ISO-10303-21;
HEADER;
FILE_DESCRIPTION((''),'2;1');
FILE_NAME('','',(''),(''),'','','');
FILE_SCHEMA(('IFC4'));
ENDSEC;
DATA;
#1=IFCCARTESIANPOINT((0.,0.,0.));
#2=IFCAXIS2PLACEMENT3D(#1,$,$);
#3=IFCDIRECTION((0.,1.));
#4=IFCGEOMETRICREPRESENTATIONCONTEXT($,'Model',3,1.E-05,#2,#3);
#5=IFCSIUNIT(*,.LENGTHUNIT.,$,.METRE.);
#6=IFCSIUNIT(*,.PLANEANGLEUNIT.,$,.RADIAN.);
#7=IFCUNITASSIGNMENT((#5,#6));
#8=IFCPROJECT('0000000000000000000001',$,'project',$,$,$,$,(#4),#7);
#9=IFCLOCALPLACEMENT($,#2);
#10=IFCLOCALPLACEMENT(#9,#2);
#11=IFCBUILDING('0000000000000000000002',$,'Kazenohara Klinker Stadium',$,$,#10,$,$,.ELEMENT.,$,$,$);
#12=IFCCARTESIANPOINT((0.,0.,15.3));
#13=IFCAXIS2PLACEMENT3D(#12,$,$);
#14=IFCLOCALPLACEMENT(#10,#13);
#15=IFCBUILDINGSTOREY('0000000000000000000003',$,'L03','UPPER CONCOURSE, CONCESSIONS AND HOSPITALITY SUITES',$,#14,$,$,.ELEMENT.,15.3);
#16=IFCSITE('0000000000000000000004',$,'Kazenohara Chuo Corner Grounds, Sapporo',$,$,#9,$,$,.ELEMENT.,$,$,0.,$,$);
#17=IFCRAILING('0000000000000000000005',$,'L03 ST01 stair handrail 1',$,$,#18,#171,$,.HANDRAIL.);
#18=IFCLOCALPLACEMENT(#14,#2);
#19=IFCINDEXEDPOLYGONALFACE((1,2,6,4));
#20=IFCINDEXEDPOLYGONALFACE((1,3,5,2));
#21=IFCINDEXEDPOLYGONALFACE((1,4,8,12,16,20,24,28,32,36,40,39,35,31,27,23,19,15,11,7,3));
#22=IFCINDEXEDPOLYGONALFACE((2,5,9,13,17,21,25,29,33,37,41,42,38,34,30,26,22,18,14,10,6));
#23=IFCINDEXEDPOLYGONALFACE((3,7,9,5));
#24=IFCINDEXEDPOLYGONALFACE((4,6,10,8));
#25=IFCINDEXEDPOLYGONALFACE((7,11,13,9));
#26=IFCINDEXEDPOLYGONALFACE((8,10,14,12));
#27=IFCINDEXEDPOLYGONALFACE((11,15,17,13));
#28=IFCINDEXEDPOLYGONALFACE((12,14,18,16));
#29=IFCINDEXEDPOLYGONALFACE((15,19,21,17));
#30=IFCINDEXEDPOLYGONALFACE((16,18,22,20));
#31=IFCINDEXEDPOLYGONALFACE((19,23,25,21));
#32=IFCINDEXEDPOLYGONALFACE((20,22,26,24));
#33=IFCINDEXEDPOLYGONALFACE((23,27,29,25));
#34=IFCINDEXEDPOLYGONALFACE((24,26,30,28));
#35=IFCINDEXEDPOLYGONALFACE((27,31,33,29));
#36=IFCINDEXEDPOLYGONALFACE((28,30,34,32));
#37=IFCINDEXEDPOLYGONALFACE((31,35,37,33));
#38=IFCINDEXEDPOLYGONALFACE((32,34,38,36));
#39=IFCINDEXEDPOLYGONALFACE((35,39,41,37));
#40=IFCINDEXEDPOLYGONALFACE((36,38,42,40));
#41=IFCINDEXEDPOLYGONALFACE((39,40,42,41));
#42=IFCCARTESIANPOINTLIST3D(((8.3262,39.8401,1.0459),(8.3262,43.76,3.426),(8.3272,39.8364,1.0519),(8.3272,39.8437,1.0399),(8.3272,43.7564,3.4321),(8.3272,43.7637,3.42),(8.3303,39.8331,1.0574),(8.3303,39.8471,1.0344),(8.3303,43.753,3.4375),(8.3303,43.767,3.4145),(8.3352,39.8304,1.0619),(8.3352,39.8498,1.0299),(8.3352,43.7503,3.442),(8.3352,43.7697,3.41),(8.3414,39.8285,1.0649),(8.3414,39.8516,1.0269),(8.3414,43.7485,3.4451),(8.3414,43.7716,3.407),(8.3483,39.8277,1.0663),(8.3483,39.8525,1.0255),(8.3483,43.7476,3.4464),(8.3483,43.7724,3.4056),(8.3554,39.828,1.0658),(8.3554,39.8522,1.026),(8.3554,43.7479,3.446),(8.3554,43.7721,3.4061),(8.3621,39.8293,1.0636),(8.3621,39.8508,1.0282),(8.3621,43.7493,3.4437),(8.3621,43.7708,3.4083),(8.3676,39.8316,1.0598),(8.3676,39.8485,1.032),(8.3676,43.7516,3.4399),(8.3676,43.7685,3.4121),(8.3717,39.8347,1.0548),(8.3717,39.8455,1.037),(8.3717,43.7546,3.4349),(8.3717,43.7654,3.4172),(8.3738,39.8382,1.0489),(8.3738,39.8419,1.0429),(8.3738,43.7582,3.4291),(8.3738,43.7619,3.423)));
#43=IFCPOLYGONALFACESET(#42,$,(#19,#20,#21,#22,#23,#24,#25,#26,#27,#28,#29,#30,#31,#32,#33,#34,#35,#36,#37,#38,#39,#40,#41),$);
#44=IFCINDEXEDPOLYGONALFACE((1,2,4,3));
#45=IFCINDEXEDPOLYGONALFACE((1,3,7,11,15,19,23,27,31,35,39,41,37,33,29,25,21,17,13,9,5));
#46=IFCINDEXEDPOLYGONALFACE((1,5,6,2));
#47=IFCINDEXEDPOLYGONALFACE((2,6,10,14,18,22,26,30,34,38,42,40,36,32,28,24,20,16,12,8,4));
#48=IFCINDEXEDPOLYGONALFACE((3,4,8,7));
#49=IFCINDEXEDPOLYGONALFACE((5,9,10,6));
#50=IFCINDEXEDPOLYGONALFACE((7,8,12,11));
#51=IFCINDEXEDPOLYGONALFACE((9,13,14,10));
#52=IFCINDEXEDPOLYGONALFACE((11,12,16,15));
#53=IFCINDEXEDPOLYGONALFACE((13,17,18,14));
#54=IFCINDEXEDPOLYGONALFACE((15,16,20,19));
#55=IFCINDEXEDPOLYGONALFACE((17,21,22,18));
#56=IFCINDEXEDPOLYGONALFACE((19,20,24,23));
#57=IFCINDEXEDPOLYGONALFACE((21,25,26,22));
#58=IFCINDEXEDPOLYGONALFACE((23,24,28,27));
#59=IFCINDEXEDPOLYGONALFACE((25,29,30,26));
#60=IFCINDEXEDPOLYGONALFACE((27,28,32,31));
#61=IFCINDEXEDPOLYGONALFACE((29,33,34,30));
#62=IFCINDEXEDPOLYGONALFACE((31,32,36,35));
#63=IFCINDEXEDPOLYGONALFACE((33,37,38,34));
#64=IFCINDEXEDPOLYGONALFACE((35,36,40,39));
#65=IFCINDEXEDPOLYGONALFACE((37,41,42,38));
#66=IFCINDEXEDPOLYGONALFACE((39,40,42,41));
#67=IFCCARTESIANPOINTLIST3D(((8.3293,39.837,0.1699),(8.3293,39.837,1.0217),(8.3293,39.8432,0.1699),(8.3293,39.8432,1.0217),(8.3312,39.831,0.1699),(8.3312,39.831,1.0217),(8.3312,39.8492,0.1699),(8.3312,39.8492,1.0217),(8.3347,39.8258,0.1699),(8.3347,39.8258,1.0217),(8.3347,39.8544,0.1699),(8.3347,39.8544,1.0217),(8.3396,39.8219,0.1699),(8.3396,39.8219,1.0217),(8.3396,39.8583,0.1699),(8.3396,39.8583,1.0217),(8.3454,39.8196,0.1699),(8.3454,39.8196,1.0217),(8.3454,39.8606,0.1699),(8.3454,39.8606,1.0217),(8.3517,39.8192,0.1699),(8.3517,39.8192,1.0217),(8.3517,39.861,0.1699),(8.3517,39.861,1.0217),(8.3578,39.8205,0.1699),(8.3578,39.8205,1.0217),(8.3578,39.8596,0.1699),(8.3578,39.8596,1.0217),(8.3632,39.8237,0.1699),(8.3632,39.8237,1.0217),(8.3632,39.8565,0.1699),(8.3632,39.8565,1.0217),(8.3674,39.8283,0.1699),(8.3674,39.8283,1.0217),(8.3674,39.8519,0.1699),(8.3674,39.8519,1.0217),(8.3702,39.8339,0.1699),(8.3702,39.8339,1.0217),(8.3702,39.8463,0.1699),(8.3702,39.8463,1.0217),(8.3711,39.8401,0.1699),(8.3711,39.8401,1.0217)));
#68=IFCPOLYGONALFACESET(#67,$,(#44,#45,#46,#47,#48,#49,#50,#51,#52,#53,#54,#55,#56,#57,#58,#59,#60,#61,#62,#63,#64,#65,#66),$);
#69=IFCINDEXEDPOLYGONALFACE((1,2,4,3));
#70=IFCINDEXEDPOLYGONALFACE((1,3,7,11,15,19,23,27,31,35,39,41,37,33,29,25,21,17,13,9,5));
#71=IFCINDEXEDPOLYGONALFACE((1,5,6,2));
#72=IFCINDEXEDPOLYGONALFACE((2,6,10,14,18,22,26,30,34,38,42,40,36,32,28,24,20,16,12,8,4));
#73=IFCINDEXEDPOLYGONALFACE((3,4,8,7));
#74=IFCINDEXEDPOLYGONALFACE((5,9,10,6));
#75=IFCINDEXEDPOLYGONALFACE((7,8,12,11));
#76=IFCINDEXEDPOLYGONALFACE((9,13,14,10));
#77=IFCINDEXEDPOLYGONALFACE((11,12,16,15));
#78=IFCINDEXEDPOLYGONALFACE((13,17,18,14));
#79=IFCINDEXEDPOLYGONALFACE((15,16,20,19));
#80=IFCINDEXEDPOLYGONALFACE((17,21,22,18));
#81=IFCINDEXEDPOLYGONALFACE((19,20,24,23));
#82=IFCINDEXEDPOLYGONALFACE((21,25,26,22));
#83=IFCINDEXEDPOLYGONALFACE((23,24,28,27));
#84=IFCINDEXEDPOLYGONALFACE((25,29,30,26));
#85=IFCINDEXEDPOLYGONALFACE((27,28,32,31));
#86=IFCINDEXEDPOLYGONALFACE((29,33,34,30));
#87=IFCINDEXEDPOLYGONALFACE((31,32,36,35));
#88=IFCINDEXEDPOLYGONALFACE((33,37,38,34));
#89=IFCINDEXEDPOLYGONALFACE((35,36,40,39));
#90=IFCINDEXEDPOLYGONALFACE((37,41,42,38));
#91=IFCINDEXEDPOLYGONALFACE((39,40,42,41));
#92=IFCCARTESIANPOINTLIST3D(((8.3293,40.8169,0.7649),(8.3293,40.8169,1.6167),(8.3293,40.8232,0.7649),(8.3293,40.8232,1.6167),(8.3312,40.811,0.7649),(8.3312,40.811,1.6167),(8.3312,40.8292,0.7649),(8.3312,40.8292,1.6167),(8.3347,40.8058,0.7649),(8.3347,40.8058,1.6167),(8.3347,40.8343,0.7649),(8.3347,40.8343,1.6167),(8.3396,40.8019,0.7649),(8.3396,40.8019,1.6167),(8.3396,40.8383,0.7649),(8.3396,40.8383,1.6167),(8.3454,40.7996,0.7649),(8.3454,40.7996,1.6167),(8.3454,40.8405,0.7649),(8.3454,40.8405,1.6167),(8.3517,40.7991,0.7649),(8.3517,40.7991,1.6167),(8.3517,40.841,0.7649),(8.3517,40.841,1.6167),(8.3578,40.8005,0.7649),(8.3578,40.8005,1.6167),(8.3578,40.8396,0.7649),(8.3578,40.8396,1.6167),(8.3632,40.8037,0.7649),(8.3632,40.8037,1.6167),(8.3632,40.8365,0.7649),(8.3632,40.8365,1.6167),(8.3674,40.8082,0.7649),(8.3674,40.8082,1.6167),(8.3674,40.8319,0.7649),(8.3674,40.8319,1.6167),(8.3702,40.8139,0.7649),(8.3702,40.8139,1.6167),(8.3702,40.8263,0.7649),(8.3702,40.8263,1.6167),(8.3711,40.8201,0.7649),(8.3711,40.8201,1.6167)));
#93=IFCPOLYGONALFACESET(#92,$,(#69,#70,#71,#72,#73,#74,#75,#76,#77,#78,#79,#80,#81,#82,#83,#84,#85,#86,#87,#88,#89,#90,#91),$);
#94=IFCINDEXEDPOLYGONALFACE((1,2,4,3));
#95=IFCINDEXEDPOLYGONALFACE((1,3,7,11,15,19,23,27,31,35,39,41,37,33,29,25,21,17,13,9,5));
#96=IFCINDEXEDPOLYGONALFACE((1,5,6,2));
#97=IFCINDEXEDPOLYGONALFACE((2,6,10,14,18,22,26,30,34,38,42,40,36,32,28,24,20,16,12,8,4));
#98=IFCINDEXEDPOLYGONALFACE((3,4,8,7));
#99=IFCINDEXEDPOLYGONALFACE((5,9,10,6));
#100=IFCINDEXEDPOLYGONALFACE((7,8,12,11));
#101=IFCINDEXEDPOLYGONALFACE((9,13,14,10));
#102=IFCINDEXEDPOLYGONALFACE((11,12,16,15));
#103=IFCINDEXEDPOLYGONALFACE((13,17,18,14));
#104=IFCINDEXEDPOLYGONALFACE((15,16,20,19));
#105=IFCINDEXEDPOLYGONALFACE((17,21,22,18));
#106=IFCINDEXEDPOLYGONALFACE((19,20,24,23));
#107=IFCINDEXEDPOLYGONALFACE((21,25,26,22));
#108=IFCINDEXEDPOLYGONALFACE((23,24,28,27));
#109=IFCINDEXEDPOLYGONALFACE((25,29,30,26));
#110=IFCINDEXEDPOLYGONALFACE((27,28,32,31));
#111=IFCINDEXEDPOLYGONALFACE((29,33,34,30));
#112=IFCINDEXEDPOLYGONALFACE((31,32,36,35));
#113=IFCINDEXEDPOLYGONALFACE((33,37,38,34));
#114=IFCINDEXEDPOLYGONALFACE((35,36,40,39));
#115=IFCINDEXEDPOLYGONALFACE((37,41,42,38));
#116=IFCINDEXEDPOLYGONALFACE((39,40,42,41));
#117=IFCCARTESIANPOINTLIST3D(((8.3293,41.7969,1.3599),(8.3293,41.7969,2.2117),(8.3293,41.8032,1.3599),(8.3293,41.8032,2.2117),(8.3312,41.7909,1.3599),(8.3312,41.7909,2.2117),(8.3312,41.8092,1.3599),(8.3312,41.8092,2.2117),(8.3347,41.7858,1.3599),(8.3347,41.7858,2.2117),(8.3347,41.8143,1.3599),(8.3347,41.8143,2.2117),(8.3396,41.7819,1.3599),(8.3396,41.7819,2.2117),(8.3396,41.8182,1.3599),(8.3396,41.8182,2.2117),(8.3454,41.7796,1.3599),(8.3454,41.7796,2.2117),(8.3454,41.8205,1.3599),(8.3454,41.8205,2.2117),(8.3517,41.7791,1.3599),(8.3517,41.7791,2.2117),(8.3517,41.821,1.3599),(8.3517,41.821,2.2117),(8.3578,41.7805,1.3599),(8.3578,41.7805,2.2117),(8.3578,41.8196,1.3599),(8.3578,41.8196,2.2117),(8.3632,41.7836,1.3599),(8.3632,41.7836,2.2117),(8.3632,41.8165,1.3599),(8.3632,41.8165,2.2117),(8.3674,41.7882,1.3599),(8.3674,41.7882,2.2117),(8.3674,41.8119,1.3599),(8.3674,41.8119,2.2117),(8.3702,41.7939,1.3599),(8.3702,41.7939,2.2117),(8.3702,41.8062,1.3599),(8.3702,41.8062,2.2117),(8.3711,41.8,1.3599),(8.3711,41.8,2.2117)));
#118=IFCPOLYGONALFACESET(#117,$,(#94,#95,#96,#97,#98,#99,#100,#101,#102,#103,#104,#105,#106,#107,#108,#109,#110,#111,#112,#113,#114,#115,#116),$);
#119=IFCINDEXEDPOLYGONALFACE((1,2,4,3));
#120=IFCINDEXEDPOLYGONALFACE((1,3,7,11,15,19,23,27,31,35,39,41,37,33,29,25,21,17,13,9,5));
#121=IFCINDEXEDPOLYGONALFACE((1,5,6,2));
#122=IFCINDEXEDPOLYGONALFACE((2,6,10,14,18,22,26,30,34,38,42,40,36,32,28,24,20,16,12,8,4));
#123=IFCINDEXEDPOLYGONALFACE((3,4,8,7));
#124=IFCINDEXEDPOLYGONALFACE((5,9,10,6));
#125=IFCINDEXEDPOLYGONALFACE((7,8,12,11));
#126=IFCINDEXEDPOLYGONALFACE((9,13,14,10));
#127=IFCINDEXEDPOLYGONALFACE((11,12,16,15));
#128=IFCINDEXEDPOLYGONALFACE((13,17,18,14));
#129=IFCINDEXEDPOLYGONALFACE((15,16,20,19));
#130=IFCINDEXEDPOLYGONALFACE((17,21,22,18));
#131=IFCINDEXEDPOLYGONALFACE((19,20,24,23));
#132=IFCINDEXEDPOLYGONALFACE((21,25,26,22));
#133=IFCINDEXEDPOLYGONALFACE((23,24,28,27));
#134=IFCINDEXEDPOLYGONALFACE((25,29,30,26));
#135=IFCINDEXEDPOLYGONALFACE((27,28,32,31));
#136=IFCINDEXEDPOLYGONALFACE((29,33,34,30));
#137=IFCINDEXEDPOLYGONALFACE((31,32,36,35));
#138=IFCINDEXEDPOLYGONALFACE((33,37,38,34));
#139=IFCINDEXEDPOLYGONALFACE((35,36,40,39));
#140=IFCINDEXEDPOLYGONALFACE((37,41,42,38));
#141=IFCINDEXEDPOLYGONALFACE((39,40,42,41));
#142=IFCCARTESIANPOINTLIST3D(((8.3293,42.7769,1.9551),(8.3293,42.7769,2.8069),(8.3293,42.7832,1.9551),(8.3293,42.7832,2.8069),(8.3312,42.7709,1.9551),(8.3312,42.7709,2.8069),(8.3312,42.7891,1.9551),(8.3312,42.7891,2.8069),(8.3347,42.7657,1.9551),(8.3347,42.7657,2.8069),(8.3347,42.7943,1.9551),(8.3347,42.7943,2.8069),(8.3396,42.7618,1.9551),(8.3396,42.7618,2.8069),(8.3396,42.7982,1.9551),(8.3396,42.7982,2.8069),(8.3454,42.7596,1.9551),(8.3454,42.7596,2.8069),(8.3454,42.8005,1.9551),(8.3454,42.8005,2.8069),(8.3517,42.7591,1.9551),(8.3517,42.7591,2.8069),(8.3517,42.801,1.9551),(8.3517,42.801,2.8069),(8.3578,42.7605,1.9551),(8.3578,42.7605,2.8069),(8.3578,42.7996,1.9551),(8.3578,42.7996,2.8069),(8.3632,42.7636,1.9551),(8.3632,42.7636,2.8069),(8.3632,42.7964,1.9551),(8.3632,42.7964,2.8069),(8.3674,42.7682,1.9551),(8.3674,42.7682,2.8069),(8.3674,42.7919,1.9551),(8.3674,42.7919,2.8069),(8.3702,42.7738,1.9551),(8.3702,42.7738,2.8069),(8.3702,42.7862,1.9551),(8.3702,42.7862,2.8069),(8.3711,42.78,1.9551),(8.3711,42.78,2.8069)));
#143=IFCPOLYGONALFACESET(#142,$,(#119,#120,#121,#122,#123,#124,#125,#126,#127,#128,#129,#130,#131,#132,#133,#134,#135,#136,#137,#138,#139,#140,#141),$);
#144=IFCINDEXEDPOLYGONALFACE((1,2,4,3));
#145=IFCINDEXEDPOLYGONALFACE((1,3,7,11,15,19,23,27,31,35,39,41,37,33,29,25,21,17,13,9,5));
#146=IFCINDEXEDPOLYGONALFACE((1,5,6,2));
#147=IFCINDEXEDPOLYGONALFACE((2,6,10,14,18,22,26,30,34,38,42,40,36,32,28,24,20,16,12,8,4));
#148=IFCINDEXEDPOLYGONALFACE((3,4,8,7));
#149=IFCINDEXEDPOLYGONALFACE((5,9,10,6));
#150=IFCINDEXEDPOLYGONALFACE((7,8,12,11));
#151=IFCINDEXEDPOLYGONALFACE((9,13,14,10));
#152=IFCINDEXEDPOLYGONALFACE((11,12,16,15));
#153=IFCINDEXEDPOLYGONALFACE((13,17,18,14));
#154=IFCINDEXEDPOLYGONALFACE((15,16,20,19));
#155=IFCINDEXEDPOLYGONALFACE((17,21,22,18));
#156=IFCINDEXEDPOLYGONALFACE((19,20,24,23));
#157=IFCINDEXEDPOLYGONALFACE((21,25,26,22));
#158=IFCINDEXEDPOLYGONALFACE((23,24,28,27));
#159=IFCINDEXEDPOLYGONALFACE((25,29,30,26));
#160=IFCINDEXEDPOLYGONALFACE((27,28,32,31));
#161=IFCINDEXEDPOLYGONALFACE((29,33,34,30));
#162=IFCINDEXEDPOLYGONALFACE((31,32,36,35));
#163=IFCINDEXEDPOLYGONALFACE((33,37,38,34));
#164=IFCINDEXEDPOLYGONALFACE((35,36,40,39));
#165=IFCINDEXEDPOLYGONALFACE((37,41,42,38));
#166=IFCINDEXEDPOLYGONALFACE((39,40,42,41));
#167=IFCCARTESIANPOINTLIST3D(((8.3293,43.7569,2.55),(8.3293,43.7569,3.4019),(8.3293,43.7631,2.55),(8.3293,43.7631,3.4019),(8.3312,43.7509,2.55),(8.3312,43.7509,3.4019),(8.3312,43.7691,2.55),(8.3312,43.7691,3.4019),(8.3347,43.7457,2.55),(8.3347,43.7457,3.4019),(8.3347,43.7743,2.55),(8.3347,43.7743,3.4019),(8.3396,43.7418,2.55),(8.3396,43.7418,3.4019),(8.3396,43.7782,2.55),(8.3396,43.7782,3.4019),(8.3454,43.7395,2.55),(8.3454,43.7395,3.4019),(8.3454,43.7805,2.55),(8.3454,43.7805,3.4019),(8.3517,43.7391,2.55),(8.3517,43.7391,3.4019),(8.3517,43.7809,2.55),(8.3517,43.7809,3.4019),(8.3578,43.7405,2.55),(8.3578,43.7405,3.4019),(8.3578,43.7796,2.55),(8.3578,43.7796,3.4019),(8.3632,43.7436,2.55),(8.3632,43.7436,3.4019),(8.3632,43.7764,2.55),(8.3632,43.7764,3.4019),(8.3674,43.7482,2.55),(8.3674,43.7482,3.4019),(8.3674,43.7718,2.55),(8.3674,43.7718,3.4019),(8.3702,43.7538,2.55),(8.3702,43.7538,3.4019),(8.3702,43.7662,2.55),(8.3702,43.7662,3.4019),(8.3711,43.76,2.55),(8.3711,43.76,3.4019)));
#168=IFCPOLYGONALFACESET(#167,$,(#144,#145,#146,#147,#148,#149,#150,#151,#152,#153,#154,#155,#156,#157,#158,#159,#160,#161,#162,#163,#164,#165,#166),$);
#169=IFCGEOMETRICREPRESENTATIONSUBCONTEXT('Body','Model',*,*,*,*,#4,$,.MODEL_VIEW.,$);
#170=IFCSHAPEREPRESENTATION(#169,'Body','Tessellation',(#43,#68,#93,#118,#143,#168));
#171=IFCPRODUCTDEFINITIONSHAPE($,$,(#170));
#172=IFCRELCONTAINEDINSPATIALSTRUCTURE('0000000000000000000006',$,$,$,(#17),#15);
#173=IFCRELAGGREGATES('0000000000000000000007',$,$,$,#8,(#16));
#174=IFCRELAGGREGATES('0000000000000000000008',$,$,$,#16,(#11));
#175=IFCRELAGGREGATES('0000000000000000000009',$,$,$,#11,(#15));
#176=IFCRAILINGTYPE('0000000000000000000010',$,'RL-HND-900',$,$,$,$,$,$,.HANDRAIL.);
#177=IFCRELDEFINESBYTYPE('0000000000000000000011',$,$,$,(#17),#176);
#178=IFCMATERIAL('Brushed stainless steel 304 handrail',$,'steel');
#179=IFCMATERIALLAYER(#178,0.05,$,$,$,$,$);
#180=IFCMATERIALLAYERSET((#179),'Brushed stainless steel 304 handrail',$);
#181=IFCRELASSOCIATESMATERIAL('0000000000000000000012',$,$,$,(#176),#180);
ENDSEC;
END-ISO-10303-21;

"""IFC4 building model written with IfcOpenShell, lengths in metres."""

from ifc_helpers import new_model, si_unit, direction, frame, origin, origin_2d, place, context, subcontext, project, spatial, circle, extrude, material, layer, layer_set, type_object, element, save


model = new_model("IFC4")

# Units and contexts
model_context = context("Model", 3, precision=1e-05, world=origin(), true_north=direction((0.0, 1.0)))
body_context = subcontext(model_context, "Body", "Model", "MODEL_VIEW")
ifc_project = project(units=[si_unit("LENGTHUNIT", "METRE"), si_unit("PLANEANGLEUNIT", "RADIAN")], contexts=[model_context])

# Site, building, storey
site_placement = place(None, origin())
site = spatial("IfcSite", under=ifc_project, at=site_placement, Name="Kazenohara Chuo Corner Grounds, Sapporo", CompositionType="ELEMENT", RefElevation=0.0)
building_placement = place(site_placement, origin())
building = spatial("IfcBuilding", under=site, at=building_placement, Name="Kazenohara Klinker Stadium", CompositionType="ELEMENT")
storey_placement = place(building_placement, frame((0.0, 0.0, 15.3)))
storey = spatial("IfcBuildingStorey", under=building, at=storey_placement, Name="L03", Description="UPPER CONCOURSE, CONCESSIONS AND HOSPITALITY SUITES", CompositionType="ELEMENT", Elevation=15.3)

# Railing
ifc_material_1 = material(Name="Brushed stainless steel 304 handrail", Category="steel")
ifc_layer_1 = layer(ifc_material_1, 0.05)
ifc_layer_set_1 = layer_set([ifc_layer_1], Name="Brushed stainless steel 304 handrail")
railing_type_1 = type_object("IfcRailingType", Name="RL-HND-900", PredefinedType="HANDRAIL", material=ifc_layer_set_1)
railing_1_placement = place(storey_placement, frame((8.3501, 39.8401, 0.1699)))
element("IfcRailing", 1, at=railing_1_placement, inside=storey, type_object=railing_type_1, Name="L03 ST01 stair handrail 1", PredefinedType="HANDRAIL", context=body_context, shape_type="SweptSolid", body=[
    extrude(circle(Radius=0.0239, at=origin_2d()), frame((0.0, 0.0, 0.876), z_axis=(0.0, 0.854771, 0.519006), x_axis=(-1.0, 0.0, 0.0)), (0.0, 0.0, 1.0), 4.5859),
    extrude(circle(Radius=0.021, at=origin_2d()), origin(), (0.0, 0.0, 1.0), 0.8518),
    extrude(circle(Radius=0.021, at=origin_2d()), frame((0.0, 0.98, 0.595)), (0.0, 0.0, 1.0), 0.8518),
    extrude(circle(Radius=0.021, at=origin_2d()), frame((0.0, 1.96, 1.1899)), (0.0, 0.0, 1.0), 0.8518),
    extrude(circle(Radius=0.021, at=origin_2d()), frame((0.0, 2.9399, 1.7852)), (0.0, 0.0, 1.0), 0.8518),
    extrude(circle(Radius=0.021, at=origin_2d()), frame((0.0, 3.9199, 2.3801)), (0.0, 0.0, 1.0), 0.8518),
])

save(model, "model.ifc")
